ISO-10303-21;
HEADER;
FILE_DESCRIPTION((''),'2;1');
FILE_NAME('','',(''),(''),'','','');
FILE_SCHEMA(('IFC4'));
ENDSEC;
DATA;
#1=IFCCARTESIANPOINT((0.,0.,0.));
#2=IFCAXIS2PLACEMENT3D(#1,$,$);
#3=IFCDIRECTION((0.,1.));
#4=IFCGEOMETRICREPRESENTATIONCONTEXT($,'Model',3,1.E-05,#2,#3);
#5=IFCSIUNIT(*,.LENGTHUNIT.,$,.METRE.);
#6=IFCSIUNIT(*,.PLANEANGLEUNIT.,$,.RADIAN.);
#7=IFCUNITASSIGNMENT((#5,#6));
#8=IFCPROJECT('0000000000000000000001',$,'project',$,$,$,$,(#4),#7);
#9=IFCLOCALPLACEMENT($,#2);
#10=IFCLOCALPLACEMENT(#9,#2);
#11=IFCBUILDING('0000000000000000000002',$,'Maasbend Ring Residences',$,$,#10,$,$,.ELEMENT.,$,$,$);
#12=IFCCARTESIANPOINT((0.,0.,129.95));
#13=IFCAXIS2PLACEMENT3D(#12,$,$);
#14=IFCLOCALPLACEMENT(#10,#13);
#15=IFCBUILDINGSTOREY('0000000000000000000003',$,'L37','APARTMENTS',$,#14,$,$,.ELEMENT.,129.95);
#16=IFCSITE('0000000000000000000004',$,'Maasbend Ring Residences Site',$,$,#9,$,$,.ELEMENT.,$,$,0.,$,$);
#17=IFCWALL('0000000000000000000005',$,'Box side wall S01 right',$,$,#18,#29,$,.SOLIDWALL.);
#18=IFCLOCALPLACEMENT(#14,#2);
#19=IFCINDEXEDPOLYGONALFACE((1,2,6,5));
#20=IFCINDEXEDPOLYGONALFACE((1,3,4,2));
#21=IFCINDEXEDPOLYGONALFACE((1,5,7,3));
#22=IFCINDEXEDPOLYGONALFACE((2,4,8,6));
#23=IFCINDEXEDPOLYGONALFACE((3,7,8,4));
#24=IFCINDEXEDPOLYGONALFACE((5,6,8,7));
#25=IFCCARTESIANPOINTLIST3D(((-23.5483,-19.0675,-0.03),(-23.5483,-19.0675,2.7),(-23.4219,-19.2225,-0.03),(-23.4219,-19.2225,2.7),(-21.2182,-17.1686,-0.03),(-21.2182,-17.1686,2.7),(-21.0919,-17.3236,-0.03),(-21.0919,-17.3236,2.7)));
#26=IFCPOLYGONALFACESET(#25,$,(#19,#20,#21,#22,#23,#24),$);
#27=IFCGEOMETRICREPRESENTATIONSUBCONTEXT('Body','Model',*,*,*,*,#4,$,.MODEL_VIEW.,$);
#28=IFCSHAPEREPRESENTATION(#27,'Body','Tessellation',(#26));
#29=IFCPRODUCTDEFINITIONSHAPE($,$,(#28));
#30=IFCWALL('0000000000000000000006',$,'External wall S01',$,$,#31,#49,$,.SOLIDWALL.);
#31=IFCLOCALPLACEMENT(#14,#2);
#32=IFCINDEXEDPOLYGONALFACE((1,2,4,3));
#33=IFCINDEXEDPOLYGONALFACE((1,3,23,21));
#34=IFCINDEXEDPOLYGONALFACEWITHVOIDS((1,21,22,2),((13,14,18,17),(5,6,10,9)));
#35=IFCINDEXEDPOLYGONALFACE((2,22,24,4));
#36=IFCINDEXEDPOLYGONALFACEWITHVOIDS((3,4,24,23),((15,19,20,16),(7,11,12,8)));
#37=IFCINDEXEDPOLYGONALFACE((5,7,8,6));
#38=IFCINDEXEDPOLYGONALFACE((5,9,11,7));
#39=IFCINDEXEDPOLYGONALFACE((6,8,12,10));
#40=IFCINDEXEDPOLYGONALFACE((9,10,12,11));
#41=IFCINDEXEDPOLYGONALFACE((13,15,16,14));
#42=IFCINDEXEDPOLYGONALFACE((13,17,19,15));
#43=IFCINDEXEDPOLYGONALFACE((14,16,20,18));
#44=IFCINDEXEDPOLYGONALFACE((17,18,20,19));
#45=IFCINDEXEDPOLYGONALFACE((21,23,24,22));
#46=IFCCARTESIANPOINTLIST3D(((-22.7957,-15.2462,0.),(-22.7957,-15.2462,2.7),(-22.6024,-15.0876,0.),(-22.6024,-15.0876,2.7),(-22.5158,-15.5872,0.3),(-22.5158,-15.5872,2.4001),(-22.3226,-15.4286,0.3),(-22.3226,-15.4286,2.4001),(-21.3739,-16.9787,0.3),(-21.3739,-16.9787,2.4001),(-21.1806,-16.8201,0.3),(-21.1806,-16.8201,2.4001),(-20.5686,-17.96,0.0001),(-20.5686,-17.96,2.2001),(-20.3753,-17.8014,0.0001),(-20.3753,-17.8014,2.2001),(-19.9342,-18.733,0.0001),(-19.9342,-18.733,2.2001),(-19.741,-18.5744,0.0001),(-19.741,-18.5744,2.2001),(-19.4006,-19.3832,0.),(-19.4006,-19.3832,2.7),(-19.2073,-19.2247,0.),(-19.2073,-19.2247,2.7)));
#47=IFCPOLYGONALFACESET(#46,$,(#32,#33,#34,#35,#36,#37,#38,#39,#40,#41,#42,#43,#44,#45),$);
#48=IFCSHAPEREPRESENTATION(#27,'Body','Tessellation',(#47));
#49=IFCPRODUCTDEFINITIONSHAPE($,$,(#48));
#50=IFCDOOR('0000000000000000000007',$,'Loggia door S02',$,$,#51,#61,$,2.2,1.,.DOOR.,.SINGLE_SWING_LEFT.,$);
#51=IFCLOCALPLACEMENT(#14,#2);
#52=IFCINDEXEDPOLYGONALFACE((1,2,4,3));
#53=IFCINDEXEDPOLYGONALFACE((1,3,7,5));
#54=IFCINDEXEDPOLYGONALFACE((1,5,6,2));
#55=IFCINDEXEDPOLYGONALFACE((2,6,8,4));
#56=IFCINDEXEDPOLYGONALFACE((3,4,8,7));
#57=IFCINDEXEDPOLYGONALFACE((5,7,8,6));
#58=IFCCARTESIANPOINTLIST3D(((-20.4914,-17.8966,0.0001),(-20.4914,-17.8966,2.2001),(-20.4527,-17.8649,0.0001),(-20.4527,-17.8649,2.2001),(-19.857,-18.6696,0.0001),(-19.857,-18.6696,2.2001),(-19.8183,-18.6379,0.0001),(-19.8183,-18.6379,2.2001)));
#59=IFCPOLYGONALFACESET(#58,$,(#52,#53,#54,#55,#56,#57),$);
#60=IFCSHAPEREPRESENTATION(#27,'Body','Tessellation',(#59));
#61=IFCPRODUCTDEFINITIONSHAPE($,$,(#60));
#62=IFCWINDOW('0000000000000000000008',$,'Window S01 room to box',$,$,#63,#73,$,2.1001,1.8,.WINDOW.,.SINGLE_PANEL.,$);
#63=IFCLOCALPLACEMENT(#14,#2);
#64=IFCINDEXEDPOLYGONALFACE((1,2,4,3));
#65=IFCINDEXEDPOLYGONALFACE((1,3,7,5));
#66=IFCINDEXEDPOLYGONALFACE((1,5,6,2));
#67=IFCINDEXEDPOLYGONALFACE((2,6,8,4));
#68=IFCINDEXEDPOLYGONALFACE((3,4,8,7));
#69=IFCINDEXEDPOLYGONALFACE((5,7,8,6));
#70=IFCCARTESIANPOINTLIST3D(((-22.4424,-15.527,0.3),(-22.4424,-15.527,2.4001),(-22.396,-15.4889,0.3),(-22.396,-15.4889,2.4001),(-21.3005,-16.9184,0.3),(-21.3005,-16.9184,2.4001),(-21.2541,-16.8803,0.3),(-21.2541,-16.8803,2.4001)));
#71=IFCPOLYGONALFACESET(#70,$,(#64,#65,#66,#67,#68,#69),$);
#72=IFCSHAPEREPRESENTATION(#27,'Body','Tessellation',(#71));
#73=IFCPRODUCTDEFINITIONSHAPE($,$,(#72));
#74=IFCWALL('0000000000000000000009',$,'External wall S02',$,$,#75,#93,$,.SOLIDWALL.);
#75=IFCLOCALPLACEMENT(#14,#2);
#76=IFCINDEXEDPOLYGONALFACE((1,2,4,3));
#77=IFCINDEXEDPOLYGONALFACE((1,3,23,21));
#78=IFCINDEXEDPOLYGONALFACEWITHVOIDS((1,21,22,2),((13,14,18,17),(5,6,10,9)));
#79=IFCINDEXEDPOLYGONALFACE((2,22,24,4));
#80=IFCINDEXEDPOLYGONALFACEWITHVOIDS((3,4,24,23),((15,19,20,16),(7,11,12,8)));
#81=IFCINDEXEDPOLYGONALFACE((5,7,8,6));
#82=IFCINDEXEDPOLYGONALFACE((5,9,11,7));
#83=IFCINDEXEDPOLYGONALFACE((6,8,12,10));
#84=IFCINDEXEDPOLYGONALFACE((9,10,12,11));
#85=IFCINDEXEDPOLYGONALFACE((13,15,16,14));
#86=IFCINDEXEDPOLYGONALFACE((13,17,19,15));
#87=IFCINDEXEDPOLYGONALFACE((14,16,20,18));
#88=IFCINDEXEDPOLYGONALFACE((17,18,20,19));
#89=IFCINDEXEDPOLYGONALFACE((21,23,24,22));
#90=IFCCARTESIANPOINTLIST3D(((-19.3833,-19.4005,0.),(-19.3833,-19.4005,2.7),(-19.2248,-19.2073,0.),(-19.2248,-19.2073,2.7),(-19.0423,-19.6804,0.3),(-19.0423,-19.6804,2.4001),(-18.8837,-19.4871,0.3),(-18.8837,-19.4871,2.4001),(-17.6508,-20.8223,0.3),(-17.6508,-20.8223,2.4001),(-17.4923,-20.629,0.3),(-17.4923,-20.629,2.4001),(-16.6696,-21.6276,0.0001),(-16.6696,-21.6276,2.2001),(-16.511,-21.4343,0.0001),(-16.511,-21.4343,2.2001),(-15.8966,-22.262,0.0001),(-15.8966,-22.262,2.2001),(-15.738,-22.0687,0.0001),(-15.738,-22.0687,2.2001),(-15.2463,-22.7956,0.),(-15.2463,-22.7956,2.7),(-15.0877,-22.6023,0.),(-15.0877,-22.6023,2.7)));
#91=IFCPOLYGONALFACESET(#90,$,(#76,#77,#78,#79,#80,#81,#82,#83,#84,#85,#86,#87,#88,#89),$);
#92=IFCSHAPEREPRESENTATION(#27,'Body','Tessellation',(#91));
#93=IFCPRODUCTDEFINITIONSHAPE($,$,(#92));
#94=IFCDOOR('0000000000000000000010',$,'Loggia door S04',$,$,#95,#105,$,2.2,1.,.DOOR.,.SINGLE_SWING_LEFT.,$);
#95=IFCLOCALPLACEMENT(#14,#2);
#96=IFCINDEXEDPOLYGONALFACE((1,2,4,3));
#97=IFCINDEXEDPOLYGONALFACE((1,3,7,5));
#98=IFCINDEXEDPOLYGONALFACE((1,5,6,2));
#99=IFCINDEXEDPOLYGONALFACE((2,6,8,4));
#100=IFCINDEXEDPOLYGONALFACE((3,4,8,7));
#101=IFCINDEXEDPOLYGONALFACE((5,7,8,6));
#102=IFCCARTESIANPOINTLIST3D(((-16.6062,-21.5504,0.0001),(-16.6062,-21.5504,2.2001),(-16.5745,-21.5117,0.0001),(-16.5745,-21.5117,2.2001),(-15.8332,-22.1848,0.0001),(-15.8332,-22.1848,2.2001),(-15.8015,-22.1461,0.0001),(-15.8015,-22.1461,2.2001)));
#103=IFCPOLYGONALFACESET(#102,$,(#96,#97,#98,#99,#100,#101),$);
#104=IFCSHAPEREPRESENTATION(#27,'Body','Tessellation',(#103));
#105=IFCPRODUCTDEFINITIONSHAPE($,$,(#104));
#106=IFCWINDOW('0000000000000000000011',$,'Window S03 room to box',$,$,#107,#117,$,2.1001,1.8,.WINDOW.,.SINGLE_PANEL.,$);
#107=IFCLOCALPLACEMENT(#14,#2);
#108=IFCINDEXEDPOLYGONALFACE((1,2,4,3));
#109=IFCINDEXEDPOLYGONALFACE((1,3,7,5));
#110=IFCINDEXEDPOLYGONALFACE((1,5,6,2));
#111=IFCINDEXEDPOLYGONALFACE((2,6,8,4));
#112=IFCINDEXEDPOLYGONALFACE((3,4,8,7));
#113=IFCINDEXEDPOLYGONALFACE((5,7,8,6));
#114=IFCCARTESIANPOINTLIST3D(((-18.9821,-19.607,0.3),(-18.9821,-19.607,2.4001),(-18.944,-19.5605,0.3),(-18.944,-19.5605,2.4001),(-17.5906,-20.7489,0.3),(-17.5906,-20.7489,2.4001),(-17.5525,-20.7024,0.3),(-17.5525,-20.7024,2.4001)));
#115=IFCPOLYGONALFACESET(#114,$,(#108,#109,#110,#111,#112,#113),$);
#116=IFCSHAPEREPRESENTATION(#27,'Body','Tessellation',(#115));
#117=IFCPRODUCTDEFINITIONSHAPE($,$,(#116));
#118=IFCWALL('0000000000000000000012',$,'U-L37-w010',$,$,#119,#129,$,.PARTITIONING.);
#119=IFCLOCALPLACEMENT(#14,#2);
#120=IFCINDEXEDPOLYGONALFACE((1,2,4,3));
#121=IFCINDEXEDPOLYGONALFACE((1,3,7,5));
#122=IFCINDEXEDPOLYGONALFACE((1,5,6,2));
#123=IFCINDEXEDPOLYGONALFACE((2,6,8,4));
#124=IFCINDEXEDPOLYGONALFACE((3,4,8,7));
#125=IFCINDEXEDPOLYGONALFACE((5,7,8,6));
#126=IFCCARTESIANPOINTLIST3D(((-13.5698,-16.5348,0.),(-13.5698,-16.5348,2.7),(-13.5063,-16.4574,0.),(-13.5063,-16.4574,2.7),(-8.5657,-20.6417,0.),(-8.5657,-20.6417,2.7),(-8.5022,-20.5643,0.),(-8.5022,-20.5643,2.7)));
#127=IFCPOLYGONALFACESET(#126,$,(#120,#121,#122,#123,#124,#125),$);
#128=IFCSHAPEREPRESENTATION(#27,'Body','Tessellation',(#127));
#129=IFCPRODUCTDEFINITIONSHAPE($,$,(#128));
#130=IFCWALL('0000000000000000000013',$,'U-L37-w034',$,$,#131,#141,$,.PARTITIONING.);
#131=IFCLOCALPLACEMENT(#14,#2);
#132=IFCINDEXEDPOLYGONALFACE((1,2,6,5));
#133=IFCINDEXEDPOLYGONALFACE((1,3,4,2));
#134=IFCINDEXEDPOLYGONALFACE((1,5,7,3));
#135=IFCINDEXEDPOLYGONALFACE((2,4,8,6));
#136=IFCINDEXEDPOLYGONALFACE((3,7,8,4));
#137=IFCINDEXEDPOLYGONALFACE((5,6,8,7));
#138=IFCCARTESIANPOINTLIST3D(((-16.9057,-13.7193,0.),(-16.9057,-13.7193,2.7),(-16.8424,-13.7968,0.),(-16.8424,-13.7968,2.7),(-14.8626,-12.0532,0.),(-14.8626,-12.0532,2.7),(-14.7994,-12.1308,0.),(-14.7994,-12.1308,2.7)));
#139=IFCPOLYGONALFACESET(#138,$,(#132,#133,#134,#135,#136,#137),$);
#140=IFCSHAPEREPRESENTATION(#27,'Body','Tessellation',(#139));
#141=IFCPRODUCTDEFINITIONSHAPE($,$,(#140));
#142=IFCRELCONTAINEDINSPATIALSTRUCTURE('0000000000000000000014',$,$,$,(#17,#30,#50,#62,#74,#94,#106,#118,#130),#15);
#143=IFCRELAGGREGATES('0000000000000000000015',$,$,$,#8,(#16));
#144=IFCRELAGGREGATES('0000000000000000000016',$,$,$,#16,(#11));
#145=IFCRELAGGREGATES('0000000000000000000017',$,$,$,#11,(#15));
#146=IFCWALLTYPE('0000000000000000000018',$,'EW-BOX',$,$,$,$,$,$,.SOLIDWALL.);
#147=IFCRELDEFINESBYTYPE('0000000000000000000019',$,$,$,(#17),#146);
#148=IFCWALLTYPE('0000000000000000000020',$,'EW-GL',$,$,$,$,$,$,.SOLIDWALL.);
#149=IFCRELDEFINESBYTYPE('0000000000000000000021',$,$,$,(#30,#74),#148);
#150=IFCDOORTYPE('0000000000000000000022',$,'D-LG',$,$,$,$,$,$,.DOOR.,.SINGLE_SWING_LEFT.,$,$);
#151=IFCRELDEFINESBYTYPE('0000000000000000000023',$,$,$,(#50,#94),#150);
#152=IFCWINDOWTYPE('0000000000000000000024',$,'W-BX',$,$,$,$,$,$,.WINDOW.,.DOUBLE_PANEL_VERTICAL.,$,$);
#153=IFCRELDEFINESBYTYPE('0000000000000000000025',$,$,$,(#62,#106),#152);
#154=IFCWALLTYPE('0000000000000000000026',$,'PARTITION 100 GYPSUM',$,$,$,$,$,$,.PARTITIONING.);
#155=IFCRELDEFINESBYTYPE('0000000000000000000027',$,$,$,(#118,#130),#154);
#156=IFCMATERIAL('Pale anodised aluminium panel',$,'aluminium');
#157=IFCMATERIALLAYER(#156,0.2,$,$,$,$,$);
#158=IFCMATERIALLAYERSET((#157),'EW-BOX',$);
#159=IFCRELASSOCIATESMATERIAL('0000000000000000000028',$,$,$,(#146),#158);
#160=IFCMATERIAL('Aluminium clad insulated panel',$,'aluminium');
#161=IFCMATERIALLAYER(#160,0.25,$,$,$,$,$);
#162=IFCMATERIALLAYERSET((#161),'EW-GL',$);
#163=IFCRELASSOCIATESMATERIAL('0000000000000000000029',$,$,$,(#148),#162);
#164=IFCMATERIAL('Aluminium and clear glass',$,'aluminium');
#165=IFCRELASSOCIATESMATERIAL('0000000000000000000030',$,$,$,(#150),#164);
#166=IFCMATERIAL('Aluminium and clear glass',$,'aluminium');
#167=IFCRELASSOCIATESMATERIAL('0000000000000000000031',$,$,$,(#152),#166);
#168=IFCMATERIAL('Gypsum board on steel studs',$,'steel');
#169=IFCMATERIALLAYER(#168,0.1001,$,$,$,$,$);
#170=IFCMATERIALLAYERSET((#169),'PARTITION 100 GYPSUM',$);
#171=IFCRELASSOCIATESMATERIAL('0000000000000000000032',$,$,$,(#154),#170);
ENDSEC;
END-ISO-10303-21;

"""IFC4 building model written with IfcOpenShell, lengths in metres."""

from ifc_helpers import new_model, si_unit, direction, frame, frame_2d, origin, place, context, subcontext, project, spatial, rectangle, extrude, material, layer, layer_set, type_object, element, fill, save


model = new_model("IFC4")

# Units and contexts
model_context = context("Model", 3, precision=1e-05, world=origin(), true_north=direction((0.0, 1.0)))
body_context = subcontext(model_context, "Body", "Model", "MODEL_VIEW")
ifc_project = project(units=[si_unit("LENGTHUNIT", "METRE"), si_unit("PLANEANGLEUNIT", "RADIAN")], contexts=[model_context])

# Site, building, storey
site_placement = place(None, origin())
site = spatial("IfcSite", under=ifc_project, at=site_placement, Name="Maasbend Ring Residences Site", CompositionType="ELEMENT", RefElevation=0.0)
building_placement = place(site_placement, origin())
building = spatial("IfcBuilding", under=site, at=building_placement, Name="Maasbend Ring Residences", CompositionType="ELEMENT")
storey_placement = place(building_placement, frame((0.0, 0.0, 129.95)))
storey = spatial("IfcBuildingStorey", under=building, at=storey_placement, Name="L37", Description="APARTMENTS", CompositionType="ELEMENT", Elevation=129.95)

# Shared definitions
ifc_material_1 = material(Name="Pale anodised aluminium panel", Category="aluminium")
ifc_layer_1 = layer(ifc_material_1, 0.2)
ifc_layer_set_1 = layer_set([ifc_layer_1], Name="EW-BOX")
wall_type_1 = type_object("IfcWallType", Name="EW-BOX", PredefinedType="SOLIDWALL", material=ifc_layer_set_1)

# Wall
wall_1_placement = place(storey_placement, frame((-21.155, -17.2461, -0.03), z_axis=(0.0, 0.0, 1.0), x_axis=(-0.775179, -0.631742, 0.0)))
element("IfcWall", 1, at=wall_1_placement, inside=storey, type_object=wall_type_1, Name="Box side wall S01 right", PredefinedType="SOLIDWALL", context=body_context, shape_type="SweptSolid", body=[
    extrude(rectangle(XDim=3.0059, YDim=0.2, at=frame_2d((1.5029, 0.0))), origin(), (0.0, 0.0, 1.0), 2.73),
])

# Walls, openings, doors, windows
ifc_material_2 = material(Name="Aluminium clad insulated panel", Category="aluminium")
ifc_layer_2 = layer(ifc_material_2, 0.25)
ifc_layer_set_2 = layer_set([ifc_layer_2], Name="EW-GL")
wall_type_2 = type_object("IfcWallType", Name="EW-GL", PredefinedType="SOLIDWALL", material=ifc_layer_set_2)
wall_2_placement = place(storey_placement, frame((-22.699, -15.167, 0.0), z_axis=(0.0, 0.0, 1.0), x_axis=(0.634382, -0.773019, 0.0)))
wall_2 = element("IfcWall", 2, at=wall_2_placement, inside=storey, type_object=wall_type_2, Name="External wall S01", PredefinedType="SOLIDWALL", context=body_context, shape_type="SweptSolid", body=[
    extrude(rectangle(XDim=5.3518, YDim=0.25, at=frame_2d((2.6758, 0.0))), origin(), (0.0, 0.0, 1.0), 2.7),
])
opening_1_placement = place(wall_2_placement, frame((0.4412, 0.0, 0.3)))
opening_1 = element("IfcOpeningElement", 3, at=opening_1_placement, cuts=wall_2, PredefinedType="OPENING", context=body_context, shape_type="SweptSolid", body=[
    extrude(rectangle(XDim=1.8, YDim=2.1001, at=frame_2d((0.8999, 1.05))), frame((0.0, 0.135, 0.0), z_axis=(0.0, -1.0, 0.0), x_axis=(1.0, 0.0, 0.0)), (0.0, 0.0, 1.0), 0.27),
])
opening_2_placement = place(wall_2_placement, frame((3.5105, 0.0, 0.0)))
opening_2 = element("IfcOpeningElement", 4, at=opening_2_placement, cuts=wall_2, PredefinedType="OPENING", context=body_context, shape_type="SweptSolid", body=[
    extrude(rectangle(XDim=1.0, YDim=2.2, at=frame_2d((0.5, 1.1001))), frame((0.0, 0.135, 0.0), z_axis=(0.0, -1.0, 0.0), x_axis=(1.0, 0.0, 0.0)), (0.0, 0.0, 1.0), 0.27),
])
ifc_material_3 = material(Name="Aluminium and clear glass", Category="aluminium")
door_type_1 = type_object("IfcDoorType", Name="D-LG", OperationType="SINGLE_SWING_LEFT", PredefinedType="DOOR", material=ifc_material_3)
door_1_placement = place(opening_2_placement, origin())
door_1 = element("IfcDoor", 5, at=door_1_placement, inside=storey, type_object=door_type_1, Name="Loggia door S02", OperationType="SINGLE_SWING_LEFT", OverallHeight=2.2, OverallWidth=1.0, PredefinedType="DOOR", context=body_context, shape_type="SweptSolid", body=[
    extrude(rectangle(XDim=1.0, YDim=2.2, at=frame_2d((0.5, 1.1001))), frame((0.0, 0.0249, 0.0), z_axis=(0.0, -1.0, 0.0), x_axis=(1.0, 0.0, 0.0)), (0.0, 0.0, 1.0), 0.05),
])
fill(opening_2, door_1)
ifc_material_4 = material(Name="Aluminium and clear glass", Category="aluminium")
window_type_1 = type_object("IfcWindowType", Name="W-BX", PartitioningType="DOUBLE_PANEL_VERTICAL", PredefinedType="WINDOW", material=ifc_material_4)
window_1_placement = place(opening_1_placement, origin())
window_1 = element("IfcWindow", 6, at=window_1_placement, inside=storey, type_object=window_type_1, Name="Window S01 room to box", OverallHeight=2.1001, OverallWidth=1.8, PartitioningType="SINGLE_PANEL", PredefinedType="WINDOW", context=body_context, shape_type="SweptSolid", body=[
    extrude(rectangle(XDim=1.8, YDim=2.1001, at=frame_2d((0.8999, 1.05))), frame((0.0, 0.03, 0.0), z_axis=(0.0, -1.0, 0.0), x_axis=(1.0, 0.0, 0.0)), (0.0, 0.0, 1.0), 0.0601),
])
fill(opening_1, window_1)
wall_3_placement = place(storey_placement, frame((-19.304, -19.304, 0.0), z_axis=(0.0, 0.0, 1.0), x_axis=(0.773019, -0.634382, 0.0)))
wall_3 = element("IfcWall", 7, at=wall_3_placement, inside=storey, type_object=wall_type_2, Name="External wall S02", PredefinedType="SOLIDWALL", context=body_context, shape_type="SweptSolid", body=[
    extrude(rectangle(XDim=5.3518, YDim=0.25, at=frame_2d((2.6758, 0.0))), origin(), (0.0, 0.0, 1.0), 2.7),
])
opening_3_placement = place(wall_3_placement, frame((0.4412, 0.0, 0.3)))
opening_3 = element("IfcOpeningElement", 8, at=opening_3_placement, cuts=wall_3, PredefinedType="OPENING", context=body_context, shape_type="SweptSolid", body=[
    extrude(rectangle(XDim=1.8, YDim=2.1001, at=frame_2d((0.8999, 1.05))), frame((0.0, 0.135, 0.0), z_axis=(0.0, -1.0, 0.0), x_axis=(1.0, 0.0, 0.0)), (0.0, 0.0, 1.0), 0.27),
])
opening_4_placement = place(wall_3_placement, frame((3.5105, 0.0, 0.0)))
opening_4 = element("IfcOpeningElement", 9, at=opening_4_placement, cuts=wall_3, PredefinedType="OPENING", context=body_context, shape_type="SweptSolid", body=[
    extrude(rectangle(XDim=1.0, YDim=2.2, at=frame_2d((0.5, 1.1001))), frame((0.0, 0.135, 0.0), z_axis=(0.0, -1.0, 0.0), x_axis=(1.0, 0.0, 0.0)), (0.0, 0.0, 1.0), 0.27),
])
door_2_placement = place(opening_4_placement, origin())
door_2 = element("IfcDoor", 10, at=door_2_placement, inside=storey, type_object=door_type_1, Name="Loggia door S04", OperationType="SINGLE_SWING_LEFT", OverallHeight=2.2, OverallWidth=1.0, PredefinedType="DOOR", context=body_context, shape_type="SweptSolid", body=[
    extrude(rectangle(XDim=1.0, YDim=2.2, at=frame_2d((0.5, 1.1001))), frame((0.0, 0.0249, 0.0), z_axis=(0.0, -1.0, 0.0), x_axis=(1.0, 0.0, 0.0)), (0.0, 0.0, 1.0), 0.05),
])
fill(opening_4, door_2)
window_2_placement = place(opening_3_placement, origin())
window_2 = element("IfcWindow", 11, at=window_2_placement, inside=storey, type_object=window_type_1, Name="Window S03 room to box", OverallHeight=2.1001, OverallWidth=1.8, PartitioningType="SINGLE_PANEL", PredefinedType="WINDOW", context=body_context, shape_type="SweptSolid", body=[
    extrude(rectangle(XDim=1.8, YDim=2.1001, at=frame_2d((0.8999, 1.05))), frame((0.0, 0.03, 0.0), z_axis=(0.0, -1.0, 0.0), x_axis=(1.0, 0.0, 0.0)), (0.0, 0.0, 1.0), 0.0601),
])
fill(opening_3, window_2)

# Walls
ifc_material_5 = material(Name="Gypsum board on steel studs", Category="steel")
ifc_layer_3 = layer(ifc_material_5, 0.1001)
ifc_layer_set_3 = layer_set([ifc_layer_3], Name="PARTITION 100 GYPSUM")
wall_type_3 = type_object("IfcWallType", Name="PARTITION 100 GYPSUM", PredefinedType="PARTITIONING", material=ifc_layer_set_3)
wall_4_placement = place(storey_placement, frame((-13.5381, -16.4961, 0.0), z_axis=(0.0, 0.0, 1.0), x_axis=(0.773, -0.634406, 0.0)))
element("IfcWall", 12, at=wall_4_placement, inside=storey, type_object=wall_type_3, Name="U-L37-w010", PredefinedType="PARTITIONING", context=body_context, shape_type="SweptSolid", body=[
    extrude(rectangle(XDim=6.4736, YDim=0.1001, at=frame_2d((3.2368, 0.0))), origin(), (0.0, 0.0, 1.0), 2.7),
])
wall_5_placement = place(storey_placement, frame((-16.874, -13.7581, 0.0), z_axis=(0.0, 0.0, 1.0), x_axis=(0.77498, 0.631986, 0.0)))
element("IfcWall", 13, at=wall_5_placement, inside=storey, type_object=wall_type_3, Name="U-L37-w034", PredefinedType="PARTITIONING", context=body_context, shape_type="SweptSolid", body=[
    extrude(rectangle(XDim=2.6362, YDim=0.1001, at=frame_2d((1.3181, 0.0))), origin(), (0.0, 0.0, 1.0), 2.7),
])

save(model, "model.ifc")
